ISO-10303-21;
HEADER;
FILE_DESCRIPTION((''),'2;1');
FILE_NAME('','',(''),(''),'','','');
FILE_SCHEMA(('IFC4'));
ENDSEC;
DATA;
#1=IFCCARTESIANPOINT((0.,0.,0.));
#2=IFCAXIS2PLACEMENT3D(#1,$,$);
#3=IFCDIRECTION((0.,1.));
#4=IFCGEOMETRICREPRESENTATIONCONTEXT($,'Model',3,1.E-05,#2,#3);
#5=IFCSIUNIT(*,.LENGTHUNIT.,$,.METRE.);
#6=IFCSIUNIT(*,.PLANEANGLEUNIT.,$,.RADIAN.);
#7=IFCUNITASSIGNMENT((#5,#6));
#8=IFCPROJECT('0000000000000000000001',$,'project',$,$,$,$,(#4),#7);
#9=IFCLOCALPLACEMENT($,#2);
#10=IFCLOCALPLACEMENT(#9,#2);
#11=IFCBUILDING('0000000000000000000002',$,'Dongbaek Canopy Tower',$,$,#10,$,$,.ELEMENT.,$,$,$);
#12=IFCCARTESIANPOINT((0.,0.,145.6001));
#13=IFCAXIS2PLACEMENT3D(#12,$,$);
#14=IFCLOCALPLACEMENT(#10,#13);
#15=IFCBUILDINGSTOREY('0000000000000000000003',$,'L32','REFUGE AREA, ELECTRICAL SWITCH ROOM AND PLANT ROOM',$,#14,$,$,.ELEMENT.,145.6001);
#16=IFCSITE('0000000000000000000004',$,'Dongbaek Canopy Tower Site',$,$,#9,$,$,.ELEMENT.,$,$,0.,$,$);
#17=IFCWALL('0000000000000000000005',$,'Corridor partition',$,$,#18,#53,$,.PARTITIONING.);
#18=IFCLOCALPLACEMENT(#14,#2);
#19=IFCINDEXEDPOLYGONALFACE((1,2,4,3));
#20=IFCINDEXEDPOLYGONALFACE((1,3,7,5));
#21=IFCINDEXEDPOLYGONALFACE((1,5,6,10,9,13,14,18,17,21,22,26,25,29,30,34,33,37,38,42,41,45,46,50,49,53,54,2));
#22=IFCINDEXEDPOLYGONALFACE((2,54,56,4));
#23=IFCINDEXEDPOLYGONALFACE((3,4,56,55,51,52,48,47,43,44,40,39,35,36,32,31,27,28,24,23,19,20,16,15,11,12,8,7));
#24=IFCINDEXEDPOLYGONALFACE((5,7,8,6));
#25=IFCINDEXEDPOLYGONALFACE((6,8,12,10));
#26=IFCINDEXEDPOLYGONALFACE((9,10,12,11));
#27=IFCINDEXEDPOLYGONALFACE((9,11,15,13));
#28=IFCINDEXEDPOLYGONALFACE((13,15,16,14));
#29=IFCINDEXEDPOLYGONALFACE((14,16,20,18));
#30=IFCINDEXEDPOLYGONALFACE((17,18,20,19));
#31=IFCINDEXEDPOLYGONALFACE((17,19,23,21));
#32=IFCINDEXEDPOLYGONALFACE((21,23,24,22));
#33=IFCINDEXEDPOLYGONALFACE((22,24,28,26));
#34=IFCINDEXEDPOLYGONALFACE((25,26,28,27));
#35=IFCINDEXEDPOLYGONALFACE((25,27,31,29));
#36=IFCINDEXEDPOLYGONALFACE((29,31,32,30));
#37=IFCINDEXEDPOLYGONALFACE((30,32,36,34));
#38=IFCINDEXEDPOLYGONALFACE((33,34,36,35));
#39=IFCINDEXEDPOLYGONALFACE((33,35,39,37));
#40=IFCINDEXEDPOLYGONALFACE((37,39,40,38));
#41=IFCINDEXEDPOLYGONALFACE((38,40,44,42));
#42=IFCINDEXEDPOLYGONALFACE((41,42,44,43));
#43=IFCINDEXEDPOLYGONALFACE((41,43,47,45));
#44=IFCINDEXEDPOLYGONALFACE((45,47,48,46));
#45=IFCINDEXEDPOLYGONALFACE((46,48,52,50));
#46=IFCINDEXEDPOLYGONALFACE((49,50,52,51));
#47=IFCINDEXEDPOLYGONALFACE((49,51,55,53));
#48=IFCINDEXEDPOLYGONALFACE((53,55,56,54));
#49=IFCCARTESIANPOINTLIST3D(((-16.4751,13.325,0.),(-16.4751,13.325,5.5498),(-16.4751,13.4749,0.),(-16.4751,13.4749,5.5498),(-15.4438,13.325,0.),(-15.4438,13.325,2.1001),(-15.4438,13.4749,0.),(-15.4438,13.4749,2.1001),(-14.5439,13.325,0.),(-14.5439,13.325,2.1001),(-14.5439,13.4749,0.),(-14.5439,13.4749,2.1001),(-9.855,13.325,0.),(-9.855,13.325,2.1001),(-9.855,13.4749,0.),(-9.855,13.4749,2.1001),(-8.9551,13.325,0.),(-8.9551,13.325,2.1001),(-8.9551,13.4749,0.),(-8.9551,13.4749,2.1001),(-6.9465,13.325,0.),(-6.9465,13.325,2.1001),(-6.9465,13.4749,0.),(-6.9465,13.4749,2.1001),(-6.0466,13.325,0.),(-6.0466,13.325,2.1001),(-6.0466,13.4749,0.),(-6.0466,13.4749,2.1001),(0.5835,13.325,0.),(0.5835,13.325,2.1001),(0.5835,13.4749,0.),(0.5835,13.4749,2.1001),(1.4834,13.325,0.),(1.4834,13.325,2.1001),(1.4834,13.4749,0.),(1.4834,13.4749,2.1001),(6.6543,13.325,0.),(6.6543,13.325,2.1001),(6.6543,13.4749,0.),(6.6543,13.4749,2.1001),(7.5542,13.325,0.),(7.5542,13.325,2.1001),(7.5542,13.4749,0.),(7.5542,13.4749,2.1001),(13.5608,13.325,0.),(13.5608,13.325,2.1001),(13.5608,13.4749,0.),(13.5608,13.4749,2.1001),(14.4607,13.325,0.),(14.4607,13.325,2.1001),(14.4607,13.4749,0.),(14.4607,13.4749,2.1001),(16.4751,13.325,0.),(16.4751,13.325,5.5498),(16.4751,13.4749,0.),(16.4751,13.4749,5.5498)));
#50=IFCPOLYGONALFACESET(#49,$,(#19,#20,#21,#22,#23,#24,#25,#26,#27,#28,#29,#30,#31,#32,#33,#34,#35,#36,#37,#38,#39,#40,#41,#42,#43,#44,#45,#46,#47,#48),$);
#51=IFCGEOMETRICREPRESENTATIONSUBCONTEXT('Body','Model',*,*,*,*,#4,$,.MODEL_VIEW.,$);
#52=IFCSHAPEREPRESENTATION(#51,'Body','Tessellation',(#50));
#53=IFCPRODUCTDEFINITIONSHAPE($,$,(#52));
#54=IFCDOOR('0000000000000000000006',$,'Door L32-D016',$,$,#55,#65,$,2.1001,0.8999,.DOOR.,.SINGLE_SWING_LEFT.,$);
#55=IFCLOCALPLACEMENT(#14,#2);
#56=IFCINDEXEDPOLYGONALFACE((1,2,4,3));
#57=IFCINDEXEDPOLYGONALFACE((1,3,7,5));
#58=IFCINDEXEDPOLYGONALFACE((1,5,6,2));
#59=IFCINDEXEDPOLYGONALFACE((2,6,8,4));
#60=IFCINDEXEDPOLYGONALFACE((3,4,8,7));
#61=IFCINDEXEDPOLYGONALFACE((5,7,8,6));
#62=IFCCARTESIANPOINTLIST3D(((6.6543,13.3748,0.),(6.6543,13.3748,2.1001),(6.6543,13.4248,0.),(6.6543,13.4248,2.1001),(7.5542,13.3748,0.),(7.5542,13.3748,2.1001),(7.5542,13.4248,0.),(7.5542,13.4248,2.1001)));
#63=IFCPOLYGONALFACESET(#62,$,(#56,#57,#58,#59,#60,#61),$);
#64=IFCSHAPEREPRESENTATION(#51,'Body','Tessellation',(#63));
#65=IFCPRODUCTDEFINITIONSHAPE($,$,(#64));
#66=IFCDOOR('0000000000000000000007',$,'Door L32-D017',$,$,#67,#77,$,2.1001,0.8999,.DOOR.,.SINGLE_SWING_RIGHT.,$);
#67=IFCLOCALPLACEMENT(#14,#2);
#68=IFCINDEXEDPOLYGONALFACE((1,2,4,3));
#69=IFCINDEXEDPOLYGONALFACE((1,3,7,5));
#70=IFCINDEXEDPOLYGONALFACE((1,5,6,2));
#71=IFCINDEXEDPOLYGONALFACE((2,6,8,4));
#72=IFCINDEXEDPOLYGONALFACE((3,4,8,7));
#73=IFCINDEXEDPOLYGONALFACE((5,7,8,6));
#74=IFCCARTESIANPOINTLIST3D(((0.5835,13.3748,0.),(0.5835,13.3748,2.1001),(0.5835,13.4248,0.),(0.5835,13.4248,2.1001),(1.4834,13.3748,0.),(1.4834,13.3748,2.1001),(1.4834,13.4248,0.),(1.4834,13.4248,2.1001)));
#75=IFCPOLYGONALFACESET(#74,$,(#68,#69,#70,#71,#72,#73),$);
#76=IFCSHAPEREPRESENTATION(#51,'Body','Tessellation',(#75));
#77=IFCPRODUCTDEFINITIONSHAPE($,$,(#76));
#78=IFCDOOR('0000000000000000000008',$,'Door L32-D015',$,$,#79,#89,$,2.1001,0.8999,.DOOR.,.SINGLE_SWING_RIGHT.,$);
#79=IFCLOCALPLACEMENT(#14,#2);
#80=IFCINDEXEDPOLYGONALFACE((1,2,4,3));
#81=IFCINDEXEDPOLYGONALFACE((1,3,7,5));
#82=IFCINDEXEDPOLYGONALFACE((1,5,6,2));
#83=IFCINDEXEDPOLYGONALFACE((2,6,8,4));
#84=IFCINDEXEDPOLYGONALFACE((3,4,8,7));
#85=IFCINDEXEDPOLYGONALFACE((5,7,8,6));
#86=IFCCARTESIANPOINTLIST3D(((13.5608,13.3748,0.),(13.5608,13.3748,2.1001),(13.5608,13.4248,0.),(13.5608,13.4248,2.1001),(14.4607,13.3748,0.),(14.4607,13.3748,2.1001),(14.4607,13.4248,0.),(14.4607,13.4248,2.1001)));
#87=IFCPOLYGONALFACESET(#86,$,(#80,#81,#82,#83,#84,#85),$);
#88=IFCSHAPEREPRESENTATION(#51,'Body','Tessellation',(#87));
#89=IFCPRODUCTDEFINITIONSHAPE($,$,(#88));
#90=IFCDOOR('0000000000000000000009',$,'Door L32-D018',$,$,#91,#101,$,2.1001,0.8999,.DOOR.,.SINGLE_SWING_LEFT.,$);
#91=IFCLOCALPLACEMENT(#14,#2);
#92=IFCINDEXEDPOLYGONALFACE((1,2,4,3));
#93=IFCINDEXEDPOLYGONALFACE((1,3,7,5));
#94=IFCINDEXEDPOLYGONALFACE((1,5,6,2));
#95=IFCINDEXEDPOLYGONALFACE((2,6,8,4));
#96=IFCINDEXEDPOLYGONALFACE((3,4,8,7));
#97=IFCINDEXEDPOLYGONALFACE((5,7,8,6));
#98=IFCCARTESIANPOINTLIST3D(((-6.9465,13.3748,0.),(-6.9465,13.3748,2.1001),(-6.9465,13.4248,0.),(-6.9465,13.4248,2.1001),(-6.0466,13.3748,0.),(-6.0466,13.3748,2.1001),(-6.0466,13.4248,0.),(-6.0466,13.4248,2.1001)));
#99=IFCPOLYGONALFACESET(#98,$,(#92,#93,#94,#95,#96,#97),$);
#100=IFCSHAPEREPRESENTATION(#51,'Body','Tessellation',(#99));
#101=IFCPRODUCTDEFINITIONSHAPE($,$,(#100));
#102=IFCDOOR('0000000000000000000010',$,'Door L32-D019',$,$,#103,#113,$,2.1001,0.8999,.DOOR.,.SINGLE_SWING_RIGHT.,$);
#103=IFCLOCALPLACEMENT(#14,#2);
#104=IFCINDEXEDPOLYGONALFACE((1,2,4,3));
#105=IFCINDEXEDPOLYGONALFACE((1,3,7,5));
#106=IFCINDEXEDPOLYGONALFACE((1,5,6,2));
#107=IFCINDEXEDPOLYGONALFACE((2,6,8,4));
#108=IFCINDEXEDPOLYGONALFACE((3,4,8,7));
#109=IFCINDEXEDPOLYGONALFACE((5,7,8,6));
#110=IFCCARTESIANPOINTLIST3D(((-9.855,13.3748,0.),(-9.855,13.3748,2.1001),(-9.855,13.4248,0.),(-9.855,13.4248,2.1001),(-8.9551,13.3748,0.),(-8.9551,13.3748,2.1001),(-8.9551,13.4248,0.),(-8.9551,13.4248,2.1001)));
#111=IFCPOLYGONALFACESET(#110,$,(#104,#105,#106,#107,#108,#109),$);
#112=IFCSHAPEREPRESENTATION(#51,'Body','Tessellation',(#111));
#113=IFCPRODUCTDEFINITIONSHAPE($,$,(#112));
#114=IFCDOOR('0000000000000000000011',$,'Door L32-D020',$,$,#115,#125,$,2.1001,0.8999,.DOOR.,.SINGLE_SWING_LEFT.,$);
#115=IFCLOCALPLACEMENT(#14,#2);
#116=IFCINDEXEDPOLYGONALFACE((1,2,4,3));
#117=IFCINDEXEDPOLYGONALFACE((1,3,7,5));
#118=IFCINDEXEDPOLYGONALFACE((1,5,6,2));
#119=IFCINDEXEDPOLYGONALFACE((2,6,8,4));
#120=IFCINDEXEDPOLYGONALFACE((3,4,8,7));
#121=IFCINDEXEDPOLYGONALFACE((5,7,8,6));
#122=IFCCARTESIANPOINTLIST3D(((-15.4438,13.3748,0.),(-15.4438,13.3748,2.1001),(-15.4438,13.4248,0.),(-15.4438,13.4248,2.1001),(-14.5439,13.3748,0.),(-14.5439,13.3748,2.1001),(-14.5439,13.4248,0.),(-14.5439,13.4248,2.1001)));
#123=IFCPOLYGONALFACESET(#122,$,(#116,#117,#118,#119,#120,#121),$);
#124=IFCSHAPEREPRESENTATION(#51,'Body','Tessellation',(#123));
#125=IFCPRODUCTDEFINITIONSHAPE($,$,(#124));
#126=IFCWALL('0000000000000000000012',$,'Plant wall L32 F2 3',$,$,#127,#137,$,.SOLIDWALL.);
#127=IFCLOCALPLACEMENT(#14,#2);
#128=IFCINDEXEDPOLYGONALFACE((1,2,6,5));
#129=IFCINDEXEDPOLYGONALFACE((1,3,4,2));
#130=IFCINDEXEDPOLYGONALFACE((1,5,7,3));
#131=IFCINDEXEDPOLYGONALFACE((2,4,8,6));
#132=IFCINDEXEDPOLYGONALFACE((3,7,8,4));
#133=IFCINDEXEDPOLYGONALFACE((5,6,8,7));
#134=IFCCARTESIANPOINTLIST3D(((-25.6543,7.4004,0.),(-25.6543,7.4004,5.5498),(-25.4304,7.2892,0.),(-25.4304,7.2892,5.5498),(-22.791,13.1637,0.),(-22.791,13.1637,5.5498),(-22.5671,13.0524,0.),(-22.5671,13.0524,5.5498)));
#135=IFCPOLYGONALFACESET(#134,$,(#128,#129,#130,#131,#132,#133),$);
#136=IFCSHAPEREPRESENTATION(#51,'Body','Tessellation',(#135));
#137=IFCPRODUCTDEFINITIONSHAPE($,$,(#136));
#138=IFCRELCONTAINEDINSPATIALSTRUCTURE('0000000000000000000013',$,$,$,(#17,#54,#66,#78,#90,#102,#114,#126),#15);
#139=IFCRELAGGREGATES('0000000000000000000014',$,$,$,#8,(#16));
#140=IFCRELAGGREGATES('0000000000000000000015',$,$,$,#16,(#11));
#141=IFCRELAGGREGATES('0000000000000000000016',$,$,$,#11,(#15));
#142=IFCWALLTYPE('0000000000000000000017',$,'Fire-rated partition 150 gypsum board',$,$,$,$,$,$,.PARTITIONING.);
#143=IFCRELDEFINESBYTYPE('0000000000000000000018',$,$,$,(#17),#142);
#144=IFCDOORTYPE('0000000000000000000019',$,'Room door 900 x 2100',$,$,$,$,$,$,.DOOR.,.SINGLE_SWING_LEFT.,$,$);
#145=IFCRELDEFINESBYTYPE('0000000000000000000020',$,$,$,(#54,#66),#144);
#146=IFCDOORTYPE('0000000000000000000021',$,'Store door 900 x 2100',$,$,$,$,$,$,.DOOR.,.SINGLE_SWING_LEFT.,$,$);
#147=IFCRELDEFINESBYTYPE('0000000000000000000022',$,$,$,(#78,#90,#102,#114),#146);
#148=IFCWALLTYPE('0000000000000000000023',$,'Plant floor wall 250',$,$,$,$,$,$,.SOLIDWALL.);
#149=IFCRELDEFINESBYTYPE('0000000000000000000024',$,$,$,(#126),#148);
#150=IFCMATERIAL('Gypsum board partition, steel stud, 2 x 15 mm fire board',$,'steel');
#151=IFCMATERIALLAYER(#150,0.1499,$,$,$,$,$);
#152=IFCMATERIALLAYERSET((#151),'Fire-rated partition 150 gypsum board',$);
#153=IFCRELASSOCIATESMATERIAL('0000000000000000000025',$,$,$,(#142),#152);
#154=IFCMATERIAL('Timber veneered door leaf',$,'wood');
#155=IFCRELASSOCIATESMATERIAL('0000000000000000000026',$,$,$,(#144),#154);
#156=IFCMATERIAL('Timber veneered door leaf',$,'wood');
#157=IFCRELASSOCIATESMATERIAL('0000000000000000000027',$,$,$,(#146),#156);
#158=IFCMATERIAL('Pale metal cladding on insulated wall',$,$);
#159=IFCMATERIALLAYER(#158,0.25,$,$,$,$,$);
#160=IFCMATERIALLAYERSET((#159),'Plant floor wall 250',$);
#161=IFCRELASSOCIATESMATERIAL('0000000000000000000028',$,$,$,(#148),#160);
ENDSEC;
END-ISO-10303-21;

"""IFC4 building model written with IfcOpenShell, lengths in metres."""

from ifc_helpers import new_model, si_unit, direction, frame, frame_2d, origin, place, context, subcontext, project, spatial, rectangle, extrude, material, layer, layer_set, type_object, element, fill, save


model = new_model("IFC4")

# Units and contexts
model_context = context("Model", 3, precision=1e-05, world=origin(), true_north=direction((0.0, 1.0)))
body_context = subcontext(model_context, "Body", "Model", "MODEL_VIEW")
ifc_project = project(units=[si_unit("LENGTHUNIT", "METRE"), si_unit("PLANEANGLEUNIT", "RADIAN")], contexts=[model_context])

# Site, building, storey
site_placement = place(None, origin())
site = spatial("IfcSite", under=ifc_project, at=site_placement, Name="Dongbaek Canopy Tower Site", CompositionType="ELEMENT", RefElevation=0.0)
building_placement = place(site_placement, origin())
building = spatial("IfcBuilding", under=site, at=building_placement, Name="Dongbaek Canopy Tower", CompositionType="ELEMENT")
storey_placement = place(building_placement, frame((0.0, 0.0, 145.6001)))
storey = spatial("IfcBuildingStorey", under=building, at=storey_placement, Name="L32", Description="REFUGE AREA, ELECTRICAL SWITCH ROOM AND PLANT ROOM", CompositionType="ELEMENT", Elevation=145.6001)

# Wall, openings, doors
ifc_material_1 = material(Name="Gypsum board partition, steel stud, 2 x 15 mm fire board", Category="steel")
ifc_layer_1 = layer(ifc_material_1, 0.1499)
ifc_layer_set_1 = layer_set([ifc_layer_1], Name="Fire-rated partition 150 gypsum board")
wall_type_1 = type_object("IfcWallType", Name="Fire-rated partition 150 gypsum board", PredefinedType="PARTITIONING", material=ifc_layer_set_1)
wall_1_placement = place(storey_placement, frame((-16.4751, 13.3999, 0.0), z_axis=(0.0, 0.0, 1.0), x_axis=(1.0, 0.0, 0.0)))
wall_1 = element("IfcWall", 1, at=wall_1_placement, inside=storey, type_object=wall_type_1, Name="Corridor partition", PredefinedType="PARTITIONING", context=body_context, shape_type="SweptSolid", body=[
    extrude(rectangle(XDim=32.9502, YDim=0.1499, at=frame_2d((16.4751, 0.0))), origin(), (0.0, 0.0, 1.0), 5.5498),
])
opening_1_placement = place(wall_1_placement, frame((30.0359, 0.0, 0.0)))
opening_1 = element("IfcOpeningElement", 2, at=opening_1_placement, cuts=wall_1, PredefinedType="OPENING", context=body_context, shape_type="SweptSolid", body=[
    extrude(rectangle(XDim=0.8999, YDim=2.1001, at=frame_2d((0.45, 1.05))), frame((0.0, 0.085, 0.0), z_axis=(0.0, -1.0, 0.0), x_axis=(1.0, 0.0, 0.0)), (0.0, 0.0, 1.0), 0.1699),
])
opening_2_placement = place(wall_1_placement, frame((23.1294, 0.0, 0.0)))
opening_2 = element("IfcOpeningElement", 3, at=opening_2_placement, cuts=wall_1, PredefinedType="OPENING", context=body_context, shape_type="SweptSolid", body=[
    extrude(rectangle(XDim=0.8999, YDim=2.1001, at=frame_2d((0.45, 1.05))), frame((0.0, 0.085, 0.0), z_axis=(0.0, -1.0, 0.0), x_axis=(1.0, 0.0, 0.0)), (0.0, 0.0, 1.0), 0.1699),
])
opening_3_placement = place(wall_1_placement, frame((17.0586, 0.0, 0.0)))
opening_3 = element("IfcOpeningElement", 4, at=opening_3_placement, cuts=wall_1, PredefinedType="OPENING", context=body_context, shape_type="SweptSolid", body=[
    extrude(rectangle(XDim=0.8999, YDim=2.1001, at=frame_2d((0.45, 1.05))), frame((0.0, 0.085, 0.0), z_axis=(0.0, -1.0, 0.0), x_axis=(1.0, 0.0, 0.0)), (0.0, 0.0, 1.0), 0.1699),
])
opening_4_placement = place(wall_1_placement, frame((9.5286, 0.0, 0.0)))
opening_4 = element("IfcOpeningElement", 5, at=opening_4_placement, cuts=wall_1, PredefinedType="OPENING", context=body_context, shape_type="SweptSolid", body=[
    extrude(rectangle(XDim=0.8999, YDim=2.1001, at=frame_2d((0.45, 1.05))), frame((0.0, 0.085, 0.0), z_axis=(0.0, -1.0, 0.0), x_axis=(1.0, 0.0, 0.0)), (0.0, 0.0, 1.0), 0.1699),
])
opening_5_placement = place(wall_1_placement, frame((6.6201, 0.0, 0.0)))
opening_5 = element("IfcOpeningElement", 6, at=opening_5_placement, cuts=wall_1, PredefinedType="OPENING", context=body_context, shape_type="SweptSolid", body=[
    extrude(rectangle(XDim=0.8999, YDim=2.1001, at=frame_2d((0.45, 1.05))), frame((0.0, 0.085, 0.0), z_axis=(0.0, -1.0, 0.0), x_axis=(1.0, 0.0, 0.0)), (0.0, 0.0, 1.0), 0.1699),
])
opening_6_placement = place(wall_1_placement, frame((1.0312, 0.0, 0.0)))
opening_6 = element("IfcOpeningElement", 7, at=opening_6_placement, cuts=wall_1, PredefinedType="OPENING", context=body_context, shape_type="SweptSolid", body=[
    extrude(rectangle(XDim=0.8999, YDim=2.1001, at=frame_2d((0.45, 1.05))), frame((0.0, 0.085, 0.0), z_axis=(0.0, -1.0, 0.0), x_axis=(1.0, 0.0, 0.0)), (0.0, 0.0, 1.0), 0.1699),
])
ifc_material_2 = material(Name="Timber veneered door leaf", Category="wood")
door_type_1 = type_object("IfcDoorType", Name="Room door 900 x 2100", OperationType="SINGLE_SWING_LEFT", PredefinedType="DOOR", material=ifc_material_2)
door_1_placement = place(opening_2_placement, origin())
door_1 = element("IfcDoor", 8, at=door_1_placement, inside=storey, type_object=door_type_1, Name="Door L32-D016", OperationType="SINGLE_SWING_LEFT", OverallHeight=2.1001, OverallWidth=0.8999, PredefinedType="DOOR", context=body_context, shape_type="SweptSolid", body=[
    extrude(rectangle(XDim=0.8999, YDim=2.1001, at=frame_2d((0.45, 1.05))), frame((0.0, 0.0249, 0.0), z_axis=(0.0, -1.0, 0.0), x_axis=(1.0, 0.0, 0.0)), (0.0, 0.0, 1.0), 0.05),
])
fill(opening_2, door_1)
door_2_placement = place(opening_3_placement, origin())
door_2 = element("IfcDoor", 9, at=door_2_placement, inside=storey, type_object=door_type_1, Name="Door L32-D017", OperationType="SINGLE_SWING_RIGHT", OverallHeight=2.1001, OverallWidth=0.8999, PredefinedType="DOOR", context=body_context, shape_type="SweptSolid", body=[
    extrude(rectangle(XDim=0.8999, YDim=2.1001, at=frame_2d((0.45, 1.05))), frame((0.0, 0.0249, 0.0), z_axis=(0.0, -1.0, 0.0), x_axis=(1.0, 0.0, 0.0)), (0.0, 0.0, 1.0), 0.05),
])
fill(opening_3, door_2)
ifc_material_3 = material(Name="Timber veneered door leaf", Category="wood")
door_type_2 = type_object("IfcDoorType", Name="Store door 900 x 2100", OperationType="SINGLE_SWING_LEFT", PredefinedType="DOOR", material=ifc_material_3)
door_3_placement = place(opening_1_placement, origin())
door_3 = element("IfcDoor", 10, at=door_3_placement, inside=storey, type_object=door_type_2, Name="Door L32-D015", OperationType="SINGLE_SWING_RIGHT", OverallHeight=2.1001, OverallWidth=0.8999, PredefinedType="DOOR", context=body_context, shape_type="SweptSolid", body=[
    extrude(rectangle(XDim=0.8999, YDim=2.1001, at=frame_2d((0.45, 1.05))), frame((0.0, 0.0249, 0.0), z_axis=(0.0, -1.0, 0.0), x_axis=(1.0, 0.0, 0.0)), (0.0, 0.0, 1.0), 0.05),
])
fill(opening_1, door_3)
door_4_placement = place(opening_4_placement, origin())
door_4 = element("IfcDoor", 11, at=door_4_placement, inside=storey, type_object=door_type_2, Name="Door L32-D018", OperationType="SINGLE_SWING_LEFT", OverallHeight=2.1001, OverallWidth=0.8999, PredefinedType="DOOR", context=body_context, shape_type="SweptSolid", body=[
    extrude(rectangle(XDim=0.8999, YDim=2.1001, at=frame_2d((0.45, 1.05))), frame((0.0, 0.0249, 0.0), z_axis=(0.0, -1.0, 0.0), x_axis=(1.0, 0.0, 0.0)), (0.0, 0.0, 1.0), 0.05),
])
fill(opening_4, door_4)
door_5_placement = place(opening_5_placement, origin())
door_5 = element("IfcDoor", 12, at=door_5_placement, inside=storey, type_object=door_type_2, Name="Door L32-D019", OperationType="SINGLE_SWING_RIGHT", OverallHeight=2.1001, OverallWidth=0.8999, PredefinedType="DOOR", context=body_context, shape_type="SweptSolid", body=[
    extrude(rectangle(XDim=0.8999, YDim=2.1001, at=frame_2d((0.45, 1.05))), frame((0.0, 0.0249, 0.0), z_axis=(0.0, -1.0, 0.0), x_axis=(1.0, 0.0, 0.0)), (0.0, 0.0, 1.0), 0.05),
])
fill(opening_5, door_5)
door_6_placement = place(opening_6_placement, origin())
door_6 = element("IfcDoor", 13, at=door_6_placement, inside=storey, type_object=door_type_2, Name="Door L32-D020", OperationType="SINGLE_SWING_LEFT", OverallHeight=2.1001, OverallWidth=0.8999, PredefinedType="DOOR", context=body_context, shape_type="SweptSolid", body=[
    extrude(rectangle(XDim=0.8999, YDim=2.1001, at=frame_2d((0.45, 1.05))), frame((0.0, 0.0249, 0.0), z_axis=(0.0, -1.0, 0.0), x_axis=(1.0, 0.0, 0.0)), (0.0, 0.0, 1.0), 0.05),
])
fill(opening_6, door_6)

# Wall
ifc_material_4 = material(Name="Pale metal cladding on insulated wall")
ifc_layer_2 = layer(ifc_material_4, 0.25)
ifc_layer_set_2 = layer_set([ifc_layer_2], Name="Plant floor wall 250")
wall_type_2 = type_object("IfcWallType", Name="Plant floor wall 250", PredefinedType="SOLIDWALL", material=ifc_layer_set_2)
wall_2_placement = place(storey_placement, frame((-22.679, 13.1082, 0.0), z_axis=(0.0, 0.0, 1.0), x_axis=(-0.444936, -0.895562, 0.0)))
element("IfcWall", 14, at=wall_2_placement, inside=storey, type_object=wall_type_2, Name="Plant wall L32 F2 3", PredefinedType="SOLIDWALL", context=body_context, shape_type="SweptSolid", body=[
    extrude(rectangle(XDim=6.4353, YDim=0.25, at=frame_2d((3.2178, 0.0))), origin(), (0.0, 0.0, 1.0), 5.5498),
])

save(model, "model.ifc")
